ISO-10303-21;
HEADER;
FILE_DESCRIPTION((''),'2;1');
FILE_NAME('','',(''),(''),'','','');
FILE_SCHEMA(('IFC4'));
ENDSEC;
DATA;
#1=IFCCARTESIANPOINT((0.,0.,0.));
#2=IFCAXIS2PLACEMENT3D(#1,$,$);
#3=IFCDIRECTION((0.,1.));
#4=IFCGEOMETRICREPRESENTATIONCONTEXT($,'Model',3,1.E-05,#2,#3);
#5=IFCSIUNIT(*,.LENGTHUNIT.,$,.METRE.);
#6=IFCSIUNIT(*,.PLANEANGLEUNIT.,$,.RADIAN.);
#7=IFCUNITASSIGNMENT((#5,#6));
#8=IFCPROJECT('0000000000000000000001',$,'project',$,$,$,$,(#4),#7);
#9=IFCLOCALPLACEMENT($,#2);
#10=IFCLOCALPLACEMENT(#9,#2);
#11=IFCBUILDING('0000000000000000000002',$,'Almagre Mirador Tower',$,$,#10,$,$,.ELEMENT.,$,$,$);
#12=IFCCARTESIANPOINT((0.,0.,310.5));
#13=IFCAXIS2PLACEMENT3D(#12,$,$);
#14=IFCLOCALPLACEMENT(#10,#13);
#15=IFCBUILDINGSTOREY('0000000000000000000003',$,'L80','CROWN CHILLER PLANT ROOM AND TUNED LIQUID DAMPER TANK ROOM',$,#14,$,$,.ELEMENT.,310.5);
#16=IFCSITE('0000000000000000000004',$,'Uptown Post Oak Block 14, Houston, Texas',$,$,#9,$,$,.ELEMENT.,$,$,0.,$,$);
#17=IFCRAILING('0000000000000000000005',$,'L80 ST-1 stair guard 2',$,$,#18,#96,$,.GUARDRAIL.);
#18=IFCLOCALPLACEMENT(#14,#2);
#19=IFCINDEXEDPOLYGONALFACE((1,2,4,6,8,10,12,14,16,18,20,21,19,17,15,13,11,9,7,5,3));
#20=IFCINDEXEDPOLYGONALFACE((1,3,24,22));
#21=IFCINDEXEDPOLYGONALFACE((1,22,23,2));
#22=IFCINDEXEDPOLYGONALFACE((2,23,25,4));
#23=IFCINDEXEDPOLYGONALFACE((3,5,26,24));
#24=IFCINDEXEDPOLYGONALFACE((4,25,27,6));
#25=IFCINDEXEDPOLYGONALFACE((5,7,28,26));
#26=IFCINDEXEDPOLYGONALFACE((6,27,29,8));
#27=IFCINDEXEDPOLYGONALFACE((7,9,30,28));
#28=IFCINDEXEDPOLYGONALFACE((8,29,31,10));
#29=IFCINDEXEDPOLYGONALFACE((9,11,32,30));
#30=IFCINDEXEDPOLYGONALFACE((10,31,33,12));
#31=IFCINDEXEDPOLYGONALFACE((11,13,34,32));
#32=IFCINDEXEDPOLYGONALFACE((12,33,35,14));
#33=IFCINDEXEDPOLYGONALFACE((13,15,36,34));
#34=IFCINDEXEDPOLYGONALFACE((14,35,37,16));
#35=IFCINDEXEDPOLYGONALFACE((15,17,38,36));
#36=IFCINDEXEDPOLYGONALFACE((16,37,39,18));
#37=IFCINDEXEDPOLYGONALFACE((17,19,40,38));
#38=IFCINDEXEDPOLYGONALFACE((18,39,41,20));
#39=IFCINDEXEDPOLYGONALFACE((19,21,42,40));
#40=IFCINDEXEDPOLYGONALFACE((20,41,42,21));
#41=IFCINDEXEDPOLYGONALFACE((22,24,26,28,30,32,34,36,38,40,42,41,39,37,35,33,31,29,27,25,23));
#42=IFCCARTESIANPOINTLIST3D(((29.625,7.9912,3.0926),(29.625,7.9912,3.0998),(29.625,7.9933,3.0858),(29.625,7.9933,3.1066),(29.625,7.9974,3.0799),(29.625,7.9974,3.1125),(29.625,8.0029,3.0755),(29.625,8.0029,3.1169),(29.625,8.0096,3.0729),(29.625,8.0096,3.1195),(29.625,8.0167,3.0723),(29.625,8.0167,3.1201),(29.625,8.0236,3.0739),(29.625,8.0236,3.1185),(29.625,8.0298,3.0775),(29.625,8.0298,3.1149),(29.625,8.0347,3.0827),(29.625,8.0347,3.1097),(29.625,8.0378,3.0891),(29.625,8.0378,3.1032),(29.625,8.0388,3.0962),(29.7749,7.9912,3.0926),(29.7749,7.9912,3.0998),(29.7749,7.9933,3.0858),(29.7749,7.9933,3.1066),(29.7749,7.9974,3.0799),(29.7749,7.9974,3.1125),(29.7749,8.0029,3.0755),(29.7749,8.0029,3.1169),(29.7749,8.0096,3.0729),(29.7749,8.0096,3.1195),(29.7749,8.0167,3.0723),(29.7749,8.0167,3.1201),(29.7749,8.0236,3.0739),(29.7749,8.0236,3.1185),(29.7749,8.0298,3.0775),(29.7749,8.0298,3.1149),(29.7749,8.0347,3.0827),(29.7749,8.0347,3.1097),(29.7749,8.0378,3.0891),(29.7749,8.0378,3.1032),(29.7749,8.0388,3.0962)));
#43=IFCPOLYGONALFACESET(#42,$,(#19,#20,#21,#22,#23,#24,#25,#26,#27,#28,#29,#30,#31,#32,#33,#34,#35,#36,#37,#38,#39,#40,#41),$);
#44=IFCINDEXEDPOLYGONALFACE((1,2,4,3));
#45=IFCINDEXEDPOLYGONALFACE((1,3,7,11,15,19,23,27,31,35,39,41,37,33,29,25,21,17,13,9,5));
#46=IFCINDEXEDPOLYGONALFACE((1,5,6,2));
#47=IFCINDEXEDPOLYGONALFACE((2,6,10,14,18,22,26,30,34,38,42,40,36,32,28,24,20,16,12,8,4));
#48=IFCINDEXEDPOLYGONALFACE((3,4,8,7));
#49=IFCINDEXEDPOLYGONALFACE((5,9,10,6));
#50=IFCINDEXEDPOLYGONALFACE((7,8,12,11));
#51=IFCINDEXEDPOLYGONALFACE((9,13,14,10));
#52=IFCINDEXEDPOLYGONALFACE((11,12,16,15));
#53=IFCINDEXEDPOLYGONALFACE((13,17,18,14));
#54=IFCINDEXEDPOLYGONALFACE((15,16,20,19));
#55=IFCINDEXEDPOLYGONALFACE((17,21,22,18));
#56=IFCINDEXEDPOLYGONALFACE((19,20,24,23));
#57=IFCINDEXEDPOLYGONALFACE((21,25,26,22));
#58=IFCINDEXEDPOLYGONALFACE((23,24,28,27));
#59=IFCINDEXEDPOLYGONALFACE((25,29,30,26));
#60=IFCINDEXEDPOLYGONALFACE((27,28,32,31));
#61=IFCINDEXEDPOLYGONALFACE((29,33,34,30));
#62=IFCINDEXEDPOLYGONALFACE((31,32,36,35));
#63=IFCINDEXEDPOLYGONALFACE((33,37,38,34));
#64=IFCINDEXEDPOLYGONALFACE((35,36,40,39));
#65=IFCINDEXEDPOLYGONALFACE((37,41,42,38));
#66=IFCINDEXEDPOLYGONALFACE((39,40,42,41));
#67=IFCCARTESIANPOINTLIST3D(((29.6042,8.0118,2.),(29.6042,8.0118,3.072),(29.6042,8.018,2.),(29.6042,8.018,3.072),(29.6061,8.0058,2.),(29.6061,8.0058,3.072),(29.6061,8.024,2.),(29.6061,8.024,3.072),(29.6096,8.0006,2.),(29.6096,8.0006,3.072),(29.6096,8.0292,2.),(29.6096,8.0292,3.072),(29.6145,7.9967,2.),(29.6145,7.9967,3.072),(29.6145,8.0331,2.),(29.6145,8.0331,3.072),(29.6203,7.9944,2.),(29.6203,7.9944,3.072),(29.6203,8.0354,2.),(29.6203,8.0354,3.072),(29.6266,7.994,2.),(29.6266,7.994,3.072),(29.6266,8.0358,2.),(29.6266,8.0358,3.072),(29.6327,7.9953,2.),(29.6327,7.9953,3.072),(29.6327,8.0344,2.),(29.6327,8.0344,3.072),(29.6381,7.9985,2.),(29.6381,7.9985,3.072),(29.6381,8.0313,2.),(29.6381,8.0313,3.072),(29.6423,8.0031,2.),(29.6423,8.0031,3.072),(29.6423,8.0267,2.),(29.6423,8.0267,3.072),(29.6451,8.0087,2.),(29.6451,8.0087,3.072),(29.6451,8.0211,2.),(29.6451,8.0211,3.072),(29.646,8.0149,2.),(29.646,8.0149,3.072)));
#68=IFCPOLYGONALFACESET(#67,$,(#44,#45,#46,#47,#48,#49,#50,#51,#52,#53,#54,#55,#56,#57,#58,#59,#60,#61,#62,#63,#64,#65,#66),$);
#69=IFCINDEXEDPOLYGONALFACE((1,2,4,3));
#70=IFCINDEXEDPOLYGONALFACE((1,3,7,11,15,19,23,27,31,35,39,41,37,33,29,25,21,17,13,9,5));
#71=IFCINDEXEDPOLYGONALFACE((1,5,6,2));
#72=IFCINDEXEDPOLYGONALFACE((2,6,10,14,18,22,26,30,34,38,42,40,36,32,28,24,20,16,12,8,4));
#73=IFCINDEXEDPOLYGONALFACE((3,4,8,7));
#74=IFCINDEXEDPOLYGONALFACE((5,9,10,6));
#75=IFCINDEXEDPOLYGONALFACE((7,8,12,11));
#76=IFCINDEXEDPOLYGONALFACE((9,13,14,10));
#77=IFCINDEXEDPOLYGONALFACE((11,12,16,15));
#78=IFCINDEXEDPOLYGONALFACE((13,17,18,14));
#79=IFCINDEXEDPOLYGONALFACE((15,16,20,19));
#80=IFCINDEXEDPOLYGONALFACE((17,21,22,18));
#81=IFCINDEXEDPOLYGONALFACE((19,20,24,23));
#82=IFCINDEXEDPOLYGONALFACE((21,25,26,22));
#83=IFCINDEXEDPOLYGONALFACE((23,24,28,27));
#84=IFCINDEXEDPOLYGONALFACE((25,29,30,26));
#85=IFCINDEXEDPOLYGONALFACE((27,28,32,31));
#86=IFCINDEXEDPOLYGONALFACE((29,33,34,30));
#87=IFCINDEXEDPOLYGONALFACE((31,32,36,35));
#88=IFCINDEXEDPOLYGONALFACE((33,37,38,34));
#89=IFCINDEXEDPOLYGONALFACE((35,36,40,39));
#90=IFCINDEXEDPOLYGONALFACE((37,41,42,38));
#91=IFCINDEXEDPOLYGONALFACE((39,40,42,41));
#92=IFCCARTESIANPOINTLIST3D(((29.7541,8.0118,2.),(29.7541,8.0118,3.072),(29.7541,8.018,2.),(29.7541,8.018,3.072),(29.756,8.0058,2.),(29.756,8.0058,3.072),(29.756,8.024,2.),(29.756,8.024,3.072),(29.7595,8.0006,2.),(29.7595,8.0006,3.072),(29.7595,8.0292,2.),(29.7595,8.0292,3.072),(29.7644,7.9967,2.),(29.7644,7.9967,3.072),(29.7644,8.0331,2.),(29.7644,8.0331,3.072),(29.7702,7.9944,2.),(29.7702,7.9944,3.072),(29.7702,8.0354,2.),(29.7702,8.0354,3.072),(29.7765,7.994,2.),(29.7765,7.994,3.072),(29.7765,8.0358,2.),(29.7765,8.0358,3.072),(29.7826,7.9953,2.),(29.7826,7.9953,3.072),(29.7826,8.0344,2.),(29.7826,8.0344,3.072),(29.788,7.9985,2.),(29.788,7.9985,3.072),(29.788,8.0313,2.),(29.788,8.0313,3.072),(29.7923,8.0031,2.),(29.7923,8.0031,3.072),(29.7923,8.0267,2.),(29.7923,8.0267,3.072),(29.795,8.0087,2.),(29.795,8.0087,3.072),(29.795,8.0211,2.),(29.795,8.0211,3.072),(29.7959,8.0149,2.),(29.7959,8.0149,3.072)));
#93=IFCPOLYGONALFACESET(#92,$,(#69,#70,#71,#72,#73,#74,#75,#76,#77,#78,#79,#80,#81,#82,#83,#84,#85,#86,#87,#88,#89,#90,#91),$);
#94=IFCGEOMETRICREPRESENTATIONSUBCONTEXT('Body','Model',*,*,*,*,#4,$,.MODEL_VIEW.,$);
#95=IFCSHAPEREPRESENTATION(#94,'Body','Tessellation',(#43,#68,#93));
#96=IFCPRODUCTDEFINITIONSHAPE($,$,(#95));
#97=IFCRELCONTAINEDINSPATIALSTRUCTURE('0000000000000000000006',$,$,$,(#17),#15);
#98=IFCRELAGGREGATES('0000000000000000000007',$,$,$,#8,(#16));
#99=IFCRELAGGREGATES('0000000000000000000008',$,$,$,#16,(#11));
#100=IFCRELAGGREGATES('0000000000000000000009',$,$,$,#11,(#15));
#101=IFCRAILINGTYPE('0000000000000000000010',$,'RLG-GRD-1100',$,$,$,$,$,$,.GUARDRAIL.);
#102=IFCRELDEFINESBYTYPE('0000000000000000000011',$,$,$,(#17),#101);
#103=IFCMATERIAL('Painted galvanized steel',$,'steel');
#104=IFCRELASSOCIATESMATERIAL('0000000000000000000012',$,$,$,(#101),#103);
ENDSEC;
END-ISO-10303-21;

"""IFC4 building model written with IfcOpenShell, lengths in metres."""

from ifc_helpers import new_model, si_unit, direction, frame, origin, origin_2d, place, context, subcontext, project, spatial, circle, extrude, material, type_object, element, save


model = new_model("IFC4")

# Units and contexts
model_context = context("Model", 3, precision=1e-05, world=origin(), true_north=direction((0.0, 1.0)))
body_context = subcontext(model_context, "Body", "Model", "MODEL_VIEW")
ifc_project = project(units=[si_unit("LENGTHUNIT", "METRE"), si_unit("PLANEANGLEUNIT", "RADIAN")], contexts=[model_context])

# Site, building, storey
site_placement = place(None, origin())
site = spatial("IfcSite", under=ifc_project, at=site_placement, Name="Uptown Post Oak Block 14, Houston, Texas", CompositionType="ELEMENT", RefElevation=0.0)
building_placement = place(site_placement, origin())
building = spatial("IfcBuilding", under=site, at=building_placement, Name="Almagre Mirador Tower", CompositionType="ELEMENT")
storey_placement = place(building_placement, frame((0.0, 0.0, 310.5)))
storey = spatial("IfcBuildingStorey", under=building, at=storey_placement, Name="L80", Description="CROWN CHILLER PLANT ROOM AND TUNED LIQUID DAMPER TANK ROOM", CompositionType="ELEMENT", Elevation=310.5)

# Railing
ifc_material_1 = material(Name="Painted galvanized steel", Category="steel")
railing_type_1 = type_object("IfcRailingType", Name="RLG-GRD-1100", PredefinedType="GUARDRAIL", material=ifc_material_1)
railing_1_placement = place(storey_placement, frame((29.625, 8.0149, 2.0)))
element("IfcRailing", 1, at=railing_1_placement, inside=storey, type_object=railing_type_1, Name="L80 ST-1 stair guard 2", PredefinedType="GUARDRAIL", context=body_context, shape_type="SweptSolid", body=[
    extrude(circle(Radius=0.0239, at=origin_2d()), frame((0.0, 0.0, 1.0962), z_axis=(1.0, 0.0, 0.0), x_axis=(0.0, 1.0, 0.0)), (0.0, 0.0, 1.0), 0.1499),
    extrude(circle(Radius=0.021, at=origin_2d()), origin(), (0.0, 0.0, 1.0), 1.072),
    extrude(circle(Radius=0.021, at=origin_2d()), frame((0.1499, 0.0, 0.0)), (0.0, 0.0, 1.0), 1.072),
])

save(model, "model.ifc")
